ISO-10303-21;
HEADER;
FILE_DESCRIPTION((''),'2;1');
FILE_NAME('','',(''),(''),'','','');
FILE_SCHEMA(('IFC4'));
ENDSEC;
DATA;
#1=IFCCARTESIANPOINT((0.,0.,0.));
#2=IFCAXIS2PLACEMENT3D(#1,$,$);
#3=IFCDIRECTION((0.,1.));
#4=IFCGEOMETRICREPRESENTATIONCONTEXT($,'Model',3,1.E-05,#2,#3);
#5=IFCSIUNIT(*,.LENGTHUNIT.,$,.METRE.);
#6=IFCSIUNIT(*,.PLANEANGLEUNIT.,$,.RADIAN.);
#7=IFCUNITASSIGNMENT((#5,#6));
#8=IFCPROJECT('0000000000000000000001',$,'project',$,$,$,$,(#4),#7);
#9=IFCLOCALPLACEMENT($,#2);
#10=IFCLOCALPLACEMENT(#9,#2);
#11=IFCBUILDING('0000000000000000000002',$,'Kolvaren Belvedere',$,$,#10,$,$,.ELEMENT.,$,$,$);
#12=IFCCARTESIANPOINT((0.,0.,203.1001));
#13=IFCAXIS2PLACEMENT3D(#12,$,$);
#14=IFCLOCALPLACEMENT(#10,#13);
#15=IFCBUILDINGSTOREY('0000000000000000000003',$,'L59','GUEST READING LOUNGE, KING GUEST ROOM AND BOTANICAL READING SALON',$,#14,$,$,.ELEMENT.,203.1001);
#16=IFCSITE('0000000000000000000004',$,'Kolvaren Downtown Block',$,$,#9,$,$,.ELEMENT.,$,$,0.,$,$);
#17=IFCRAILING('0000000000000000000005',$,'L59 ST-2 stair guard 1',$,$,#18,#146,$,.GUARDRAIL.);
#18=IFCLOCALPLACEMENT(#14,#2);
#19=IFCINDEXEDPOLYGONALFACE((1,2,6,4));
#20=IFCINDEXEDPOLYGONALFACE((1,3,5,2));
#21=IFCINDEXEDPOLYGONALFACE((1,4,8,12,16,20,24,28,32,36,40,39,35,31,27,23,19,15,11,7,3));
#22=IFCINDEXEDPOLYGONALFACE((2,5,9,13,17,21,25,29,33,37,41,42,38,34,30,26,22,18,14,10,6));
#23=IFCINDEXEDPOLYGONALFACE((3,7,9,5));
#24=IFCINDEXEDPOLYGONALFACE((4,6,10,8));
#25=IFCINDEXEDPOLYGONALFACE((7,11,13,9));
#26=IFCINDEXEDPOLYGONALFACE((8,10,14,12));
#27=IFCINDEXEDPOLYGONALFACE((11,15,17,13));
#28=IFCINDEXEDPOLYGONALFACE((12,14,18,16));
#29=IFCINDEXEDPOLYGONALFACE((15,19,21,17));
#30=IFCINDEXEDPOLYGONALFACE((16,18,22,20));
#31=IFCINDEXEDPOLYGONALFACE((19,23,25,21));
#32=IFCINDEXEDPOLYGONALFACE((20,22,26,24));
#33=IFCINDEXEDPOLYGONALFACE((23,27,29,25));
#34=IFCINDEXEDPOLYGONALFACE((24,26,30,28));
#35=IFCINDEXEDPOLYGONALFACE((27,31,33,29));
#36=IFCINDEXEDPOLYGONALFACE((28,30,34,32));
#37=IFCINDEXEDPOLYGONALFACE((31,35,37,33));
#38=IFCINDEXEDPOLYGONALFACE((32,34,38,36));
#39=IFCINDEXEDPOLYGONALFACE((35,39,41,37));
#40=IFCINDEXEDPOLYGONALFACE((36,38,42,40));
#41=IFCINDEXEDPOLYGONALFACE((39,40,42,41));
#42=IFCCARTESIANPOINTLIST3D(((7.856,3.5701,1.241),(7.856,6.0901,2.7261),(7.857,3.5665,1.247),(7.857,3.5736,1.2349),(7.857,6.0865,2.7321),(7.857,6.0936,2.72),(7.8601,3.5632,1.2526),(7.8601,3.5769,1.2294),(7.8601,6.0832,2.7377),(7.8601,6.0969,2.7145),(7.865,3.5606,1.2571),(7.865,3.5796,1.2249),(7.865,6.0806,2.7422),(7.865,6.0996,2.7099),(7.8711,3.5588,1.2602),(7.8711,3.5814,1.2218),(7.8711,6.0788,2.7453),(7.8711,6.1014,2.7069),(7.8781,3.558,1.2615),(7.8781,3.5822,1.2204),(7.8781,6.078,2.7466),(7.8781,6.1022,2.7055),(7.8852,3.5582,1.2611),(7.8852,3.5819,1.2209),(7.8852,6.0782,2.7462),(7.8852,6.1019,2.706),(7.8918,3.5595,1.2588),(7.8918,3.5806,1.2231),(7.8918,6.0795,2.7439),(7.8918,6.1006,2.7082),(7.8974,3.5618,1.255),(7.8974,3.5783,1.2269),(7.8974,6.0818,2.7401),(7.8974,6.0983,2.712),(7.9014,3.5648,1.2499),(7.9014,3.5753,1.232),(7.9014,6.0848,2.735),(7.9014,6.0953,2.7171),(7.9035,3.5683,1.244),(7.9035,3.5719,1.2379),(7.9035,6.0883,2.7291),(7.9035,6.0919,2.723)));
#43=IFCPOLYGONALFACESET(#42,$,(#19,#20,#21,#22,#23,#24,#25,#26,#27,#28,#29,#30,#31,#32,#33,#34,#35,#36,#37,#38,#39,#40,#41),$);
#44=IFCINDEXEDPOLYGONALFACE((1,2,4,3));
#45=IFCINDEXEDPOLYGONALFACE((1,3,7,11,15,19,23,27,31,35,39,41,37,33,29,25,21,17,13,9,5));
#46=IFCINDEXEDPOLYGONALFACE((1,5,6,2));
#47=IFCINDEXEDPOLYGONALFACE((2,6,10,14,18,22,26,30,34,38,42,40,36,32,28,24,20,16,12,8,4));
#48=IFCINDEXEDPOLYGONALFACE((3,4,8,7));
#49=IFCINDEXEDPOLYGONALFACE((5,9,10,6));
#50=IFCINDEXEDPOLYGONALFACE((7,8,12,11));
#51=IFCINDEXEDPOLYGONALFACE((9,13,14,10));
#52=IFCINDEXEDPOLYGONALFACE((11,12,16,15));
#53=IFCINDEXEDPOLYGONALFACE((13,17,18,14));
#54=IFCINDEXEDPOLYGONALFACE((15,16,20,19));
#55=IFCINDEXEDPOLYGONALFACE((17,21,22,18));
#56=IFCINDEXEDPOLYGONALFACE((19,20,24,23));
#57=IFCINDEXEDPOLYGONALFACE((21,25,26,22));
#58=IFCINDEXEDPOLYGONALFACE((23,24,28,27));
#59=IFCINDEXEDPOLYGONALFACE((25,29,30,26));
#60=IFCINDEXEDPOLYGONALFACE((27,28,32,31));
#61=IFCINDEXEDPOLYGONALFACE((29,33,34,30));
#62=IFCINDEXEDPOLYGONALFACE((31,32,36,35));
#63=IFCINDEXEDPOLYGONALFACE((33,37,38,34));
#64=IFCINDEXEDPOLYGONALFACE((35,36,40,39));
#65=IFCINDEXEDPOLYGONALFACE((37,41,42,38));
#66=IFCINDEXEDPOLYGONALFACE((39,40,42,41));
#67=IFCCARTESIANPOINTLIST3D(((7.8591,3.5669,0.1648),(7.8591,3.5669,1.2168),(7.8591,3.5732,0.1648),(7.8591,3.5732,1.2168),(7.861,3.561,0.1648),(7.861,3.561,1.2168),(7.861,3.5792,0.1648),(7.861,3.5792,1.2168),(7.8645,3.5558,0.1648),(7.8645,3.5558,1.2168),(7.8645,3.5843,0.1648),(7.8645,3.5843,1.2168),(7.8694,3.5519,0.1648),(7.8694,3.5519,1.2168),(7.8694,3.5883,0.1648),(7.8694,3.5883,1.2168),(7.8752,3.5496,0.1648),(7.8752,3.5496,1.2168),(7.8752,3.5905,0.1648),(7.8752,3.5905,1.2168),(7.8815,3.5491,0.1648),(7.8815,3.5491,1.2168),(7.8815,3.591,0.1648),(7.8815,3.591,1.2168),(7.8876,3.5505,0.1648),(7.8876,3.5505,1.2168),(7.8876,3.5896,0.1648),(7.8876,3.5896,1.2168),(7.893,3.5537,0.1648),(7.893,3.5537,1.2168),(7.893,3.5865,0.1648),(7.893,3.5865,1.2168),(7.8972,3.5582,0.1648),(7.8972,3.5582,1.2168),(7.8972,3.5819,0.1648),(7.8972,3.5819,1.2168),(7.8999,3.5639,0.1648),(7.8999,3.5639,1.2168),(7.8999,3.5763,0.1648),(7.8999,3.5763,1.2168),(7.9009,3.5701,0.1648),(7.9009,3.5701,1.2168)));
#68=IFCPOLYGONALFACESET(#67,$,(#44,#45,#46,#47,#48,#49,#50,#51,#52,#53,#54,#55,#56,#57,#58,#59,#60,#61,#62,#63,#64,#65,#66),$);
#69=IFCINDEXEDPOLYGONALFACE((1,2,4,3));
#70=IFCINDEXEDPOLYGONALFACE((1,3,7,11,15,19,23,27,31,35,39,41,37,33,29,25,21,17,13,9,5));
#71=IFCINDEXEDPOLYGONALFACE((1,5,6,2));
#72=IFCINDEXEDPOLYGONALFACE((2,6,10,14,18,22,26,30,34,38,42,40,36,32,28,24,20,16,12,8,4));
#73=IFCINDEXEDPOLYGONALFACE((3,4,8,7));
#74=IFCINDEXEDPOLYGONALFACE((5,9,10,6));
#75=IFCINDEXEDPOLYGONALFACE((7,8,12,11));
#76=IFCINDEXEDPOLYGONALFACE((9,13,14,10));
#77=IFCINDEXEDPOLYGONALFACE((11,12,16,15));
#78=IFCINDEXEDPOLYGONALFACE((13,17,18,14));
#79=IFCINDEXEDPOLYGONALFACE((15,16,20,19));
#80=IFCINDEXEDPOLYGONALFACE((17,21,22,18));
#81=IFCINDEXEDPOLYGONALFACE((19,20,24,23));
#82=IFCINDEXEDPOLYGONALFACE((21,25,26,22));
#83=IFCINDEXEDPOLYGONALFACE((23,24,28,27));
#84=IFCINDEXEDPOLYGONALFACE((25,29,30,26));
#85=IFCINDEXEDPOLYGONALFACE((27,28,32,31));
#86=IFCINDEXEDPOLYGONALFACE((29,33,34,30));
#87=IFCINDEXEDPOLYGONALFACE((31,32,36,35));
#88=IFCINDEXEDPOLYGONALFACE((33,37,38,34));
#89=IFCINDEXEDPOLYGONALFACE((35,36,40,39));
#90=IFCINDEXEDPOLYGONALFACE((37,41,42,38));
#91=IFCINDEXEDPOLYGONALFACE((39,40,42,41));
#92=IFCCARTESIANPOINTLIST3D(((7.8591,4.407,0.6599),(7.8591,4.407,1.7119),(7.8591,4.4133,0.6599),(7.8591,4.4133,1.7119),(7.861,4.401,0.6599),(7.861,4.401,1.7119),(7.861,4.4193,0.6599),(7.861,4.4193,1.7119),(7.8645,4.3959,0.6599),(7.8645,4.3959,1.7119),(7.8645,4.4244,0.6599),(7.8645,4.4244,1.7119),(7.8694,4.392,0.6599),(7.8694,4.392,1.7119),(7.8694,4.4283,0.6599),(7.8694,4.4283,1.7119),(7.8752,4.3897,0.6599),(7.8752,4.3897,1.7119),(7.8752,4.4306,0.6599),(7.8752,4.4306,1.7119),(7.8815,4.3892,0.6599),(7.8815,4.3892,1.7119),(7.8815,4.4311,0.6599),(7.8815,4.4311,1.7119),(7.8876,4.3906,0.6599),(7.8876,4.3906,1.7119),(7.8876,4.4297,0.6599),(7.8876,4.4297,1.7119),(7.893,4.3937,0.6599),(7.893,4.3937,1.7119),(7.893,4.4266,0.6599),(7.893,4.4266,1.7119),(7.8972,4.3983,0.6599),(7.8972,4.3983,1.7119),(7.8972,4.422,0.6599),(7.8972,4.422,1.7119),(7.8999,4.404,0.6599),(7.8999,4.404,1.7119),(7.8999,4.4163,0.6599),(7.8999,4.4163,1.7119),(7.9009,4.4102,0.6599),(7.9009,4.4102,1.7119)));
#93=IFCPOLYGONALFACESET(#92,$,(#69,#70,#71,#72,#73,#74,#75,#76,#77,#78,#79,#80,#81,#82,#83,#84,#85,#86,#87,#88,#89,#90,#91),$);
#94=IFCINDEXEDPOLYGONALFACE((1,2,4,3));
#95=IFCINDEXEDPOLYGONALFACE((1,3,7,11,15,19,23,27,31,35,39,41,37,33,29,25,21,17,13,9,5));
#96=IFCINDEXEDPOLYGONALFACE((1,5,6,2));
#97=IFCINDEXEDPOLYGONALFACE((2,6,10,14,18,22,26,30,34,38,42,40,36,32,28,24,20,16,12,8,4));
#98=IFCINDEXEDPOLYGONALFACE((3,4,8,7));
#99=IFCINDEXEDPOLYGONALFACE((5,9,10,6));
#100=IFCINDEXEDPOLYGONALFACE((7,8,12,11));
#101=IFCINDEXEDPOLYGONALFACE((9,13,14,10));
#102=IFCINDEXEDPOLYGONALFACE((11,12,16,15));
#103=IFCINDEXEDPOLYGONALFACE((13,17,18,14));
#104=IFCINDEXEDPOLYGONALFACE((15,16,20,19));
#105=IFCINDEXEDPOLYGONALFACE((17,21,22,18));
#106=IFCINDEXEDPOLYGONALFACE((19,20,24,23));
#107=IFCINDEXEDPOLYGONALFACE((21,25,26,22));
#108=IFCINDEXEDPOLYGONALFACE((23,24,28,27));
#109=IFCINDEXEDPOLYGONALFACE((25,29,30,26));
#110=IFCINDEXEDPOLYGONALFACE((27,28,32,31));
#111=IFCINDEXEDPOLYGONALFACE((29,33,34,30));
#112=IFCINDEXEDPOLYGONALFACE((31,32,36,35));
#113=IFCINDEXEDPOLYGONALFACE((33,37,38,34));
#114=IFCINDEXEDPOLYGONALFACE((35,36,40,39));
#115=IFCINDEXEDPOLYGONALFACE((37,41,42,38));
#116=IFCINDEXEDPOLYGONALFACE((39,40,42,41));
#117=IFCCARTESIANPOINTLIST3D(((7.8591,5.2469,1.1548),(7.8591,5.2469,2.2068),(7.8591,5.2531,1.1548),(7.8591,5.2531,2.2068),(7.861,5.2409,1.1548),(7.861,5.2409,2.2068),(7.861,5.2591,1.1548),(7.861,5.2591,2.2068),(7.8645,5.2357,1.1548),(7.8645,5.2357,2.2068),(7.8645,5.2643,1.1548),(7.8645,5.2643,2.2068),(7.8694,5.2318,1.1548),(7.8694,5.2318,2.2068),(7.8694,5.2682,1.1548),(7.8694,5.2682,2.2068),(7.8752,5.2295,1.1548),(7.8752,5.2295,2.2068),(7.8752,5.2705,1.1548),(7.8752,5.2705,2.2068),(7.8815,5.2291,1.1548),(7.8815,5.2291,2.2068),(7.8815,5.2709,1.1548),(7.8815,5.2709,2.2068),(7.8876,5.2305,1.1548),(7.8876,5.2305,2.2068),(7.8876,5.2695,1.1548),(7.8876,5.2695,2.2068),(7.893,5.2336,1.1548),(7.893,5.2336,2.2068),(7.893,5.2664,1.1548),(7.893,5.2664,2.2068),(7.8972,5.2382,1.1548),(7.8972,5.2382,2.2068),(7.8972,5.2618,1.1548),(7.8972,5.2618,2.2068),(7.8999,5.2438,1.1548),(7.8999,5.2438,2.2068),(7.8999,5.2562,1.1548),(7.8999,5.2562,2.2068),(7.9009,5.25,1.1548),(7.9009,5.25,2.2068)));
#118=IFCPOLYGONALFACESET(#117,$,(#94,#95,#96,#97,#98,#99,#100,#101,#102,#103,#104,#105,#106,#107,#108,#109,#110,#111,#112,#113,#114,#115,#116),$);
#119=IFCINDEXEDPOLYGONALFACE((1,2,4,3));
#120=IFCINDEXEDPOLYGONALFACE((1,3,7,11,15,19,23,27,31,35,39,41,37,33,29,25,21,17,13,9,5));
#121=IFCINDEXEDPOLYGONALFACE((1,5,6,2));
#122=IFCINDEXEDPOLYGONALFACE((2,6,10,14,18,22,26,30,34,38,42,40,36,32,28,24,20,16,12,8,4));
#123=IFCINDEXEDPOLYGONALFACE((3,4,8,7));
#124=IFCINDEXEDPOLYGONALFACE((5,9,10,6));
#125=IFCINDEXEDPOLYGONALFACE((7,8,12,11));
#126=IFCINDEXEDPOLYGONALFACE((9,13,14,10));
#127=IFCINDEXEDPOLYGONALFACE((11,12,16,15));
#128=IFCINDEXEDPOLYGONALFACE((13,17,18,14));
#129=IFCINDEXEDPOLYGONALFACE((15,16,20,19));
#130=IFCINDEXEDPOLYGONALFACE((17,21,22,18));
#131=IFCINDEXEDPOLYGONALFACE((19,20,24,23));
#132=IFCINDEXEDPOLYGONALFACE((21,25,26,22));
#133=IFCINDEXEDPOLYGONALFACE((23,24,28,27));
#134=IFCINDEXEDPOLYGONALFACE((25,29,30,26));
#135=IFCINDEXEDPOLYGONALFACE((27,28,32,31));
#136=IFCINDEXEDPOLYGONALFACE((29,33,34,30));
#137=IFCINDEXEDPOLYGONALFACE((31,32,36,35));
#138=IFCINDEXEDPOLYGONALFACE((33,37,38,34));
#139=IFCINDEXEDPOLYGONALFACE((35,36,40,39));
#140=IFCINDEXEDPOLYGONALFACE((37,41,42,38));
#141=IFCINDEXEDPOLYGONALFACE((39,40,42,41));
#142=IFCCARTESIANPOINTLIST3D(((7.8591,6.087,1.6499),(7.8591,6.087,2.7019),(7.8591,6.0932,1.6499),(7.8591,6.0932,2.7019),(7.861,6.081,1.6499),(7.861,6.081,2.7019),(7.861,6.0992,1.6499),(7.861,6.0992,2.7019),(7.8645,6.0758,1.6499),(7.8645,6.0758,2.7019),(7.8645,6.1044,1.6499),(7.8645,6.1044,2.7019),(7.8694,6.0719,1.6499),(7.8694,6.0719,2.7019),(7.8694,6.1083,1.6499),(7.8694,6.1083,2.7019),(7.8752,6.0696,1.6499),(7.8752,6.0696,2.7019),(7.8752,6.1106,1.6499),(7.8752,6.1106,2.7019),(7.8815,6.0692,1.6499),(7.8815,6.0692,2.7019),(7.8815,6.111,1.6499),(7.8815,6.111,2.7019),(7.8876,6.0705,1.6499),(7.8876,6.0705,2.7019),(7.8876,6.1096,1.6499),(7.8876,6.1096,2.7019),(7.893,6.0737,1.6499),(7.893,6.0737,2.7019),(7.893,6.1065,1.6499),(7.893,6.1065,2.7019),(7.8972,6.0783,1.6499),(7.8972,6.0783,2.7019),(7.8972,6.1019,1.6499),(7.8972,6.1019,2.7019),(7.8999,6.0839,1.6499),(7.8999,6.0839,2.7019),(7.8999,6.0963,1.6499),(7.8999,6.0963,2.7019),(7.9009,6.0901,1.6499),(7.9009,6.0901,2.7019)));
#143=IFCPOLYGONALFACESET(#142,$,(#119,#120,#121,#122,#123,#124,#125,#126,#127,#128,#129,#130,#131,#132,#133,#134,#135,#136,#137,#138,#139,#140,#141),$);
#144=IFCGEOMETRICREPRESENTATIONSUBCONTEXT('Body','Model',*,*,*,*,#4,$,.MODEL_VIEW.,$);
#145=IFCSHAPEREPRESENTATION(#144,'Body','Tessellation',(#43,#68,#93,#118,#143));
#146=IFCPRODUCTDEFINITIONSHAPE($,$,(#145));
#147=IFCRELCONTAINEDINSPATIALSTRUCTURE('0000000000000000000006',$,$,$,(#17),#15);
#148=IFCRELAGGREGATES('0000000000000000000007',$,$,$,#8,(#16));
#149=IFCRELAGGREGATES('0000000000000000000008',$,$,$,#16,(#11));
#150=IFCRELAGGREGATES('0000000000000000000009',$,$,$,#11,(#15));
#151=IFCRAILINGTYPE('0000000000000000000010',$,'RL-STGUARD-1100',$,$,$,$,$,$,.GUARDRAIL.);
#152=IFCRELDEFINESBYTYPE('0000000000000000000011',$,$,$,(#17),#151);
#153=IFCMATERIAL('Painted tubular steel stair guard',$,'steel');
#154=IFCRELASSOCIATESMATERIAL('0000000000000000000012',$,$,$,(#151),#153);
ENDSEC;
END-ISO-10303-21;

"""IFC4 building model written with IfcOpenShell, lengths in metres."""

from ifc_helpers import new_model, si_unit, direction, frame, origin, origin_2d, place, context, subcontext, project, spatial, circle, extrude, material, type_object, element, save


model = new_model("IFC4")

# Units and contexts
model_context = context("Model", 3, precision=1e-05, world=origin(), true_north=direction((0.0, 1.0)))
body_context = subcontext(model_context, "Body", "Model", "MODEL_VIEW")
ifc_project = project(units=[si_unit("LENGTHUNIT", "METRE"), si_unit("PLANEANGLEUNIT", "RADIAN")], contexts=[model_context])

# Site, building, storey
site_placement = place(None, origin())
site = spatial("IfcSite", under=ifc_project, at=site_placement, Name="Kolvaren Downtown Block", CompositionType="ELEMENT", RefElevation=0.0)
building_placement = place(site_placement, origin())
building = spatial("IfcBuilding", under=site, at=building_placement, Name="Kolvaren Belvedere", CompositionType="ELEMENT")
storey_placement = place(building_placement, frame((0.0, 0.0, 203.1001)))
storey = spatial("IfcBuildingStorey", under=building, at=storey_placement, Name="L59", Description="GUEST READING LOUNGE, KING GUEST ROOM AND BOTANICAL READING SALON", CompositionType="ELEMENT", Elevation=203.1001)

# Railing
ifc_material_1 = material(Name="Painted tubular steel stair guard", Category="steel")
railing_type_1 = type_object("IfcRailingType", Name="RL-STGUARD-1100", PredefinedType="GUARDRAIL", material=ifc_material_1)
railing_1_placement = place(storey_placement, frame((7.8799, 3.5701, 0.1648)))
element("IfcRailing", 1, at=railing_1_placement, inside=storey, type_object=railing_type_1, Name="L59 ST-2 stair guard 1", PredefinedType="GUARDRAIL", context=body_context, shape_type="SweptSolid", body=[
    extrude(circle(Radius=0.0239, at=origin_2d()), frame((0.0, 0.0, 1.0762), z_axis=(0.0, 0.861524, 0.507717), x_axis=(-1.0, 0.0, 0.0)), (0.0, 0.0, 1.0), 2.925),
    extrude(circle(Radius=0.021, at=origin_2d()), origin(), (0.0, 0.0, 1.0), 1.052),
    extrude(circle(Radius=0.021, at=origin_2d()), frame((0.0, 0.8401, 0.4951)), (0.0, 0.0, 1.0), 1.052),
    extrude(circle(Radius=0.021, at=origin_2d()), frame((0.0, 1.6799, 0.99)), (0.0, 0.0, 1.0), 1.052),
    extrude(circle(Radius=0.021, at=origin_2d()), frame((0.0, 2.52, 1.4851)), (0.0, 0.0, 1.0), 1.052),
])

save(model, "model.ifc")
